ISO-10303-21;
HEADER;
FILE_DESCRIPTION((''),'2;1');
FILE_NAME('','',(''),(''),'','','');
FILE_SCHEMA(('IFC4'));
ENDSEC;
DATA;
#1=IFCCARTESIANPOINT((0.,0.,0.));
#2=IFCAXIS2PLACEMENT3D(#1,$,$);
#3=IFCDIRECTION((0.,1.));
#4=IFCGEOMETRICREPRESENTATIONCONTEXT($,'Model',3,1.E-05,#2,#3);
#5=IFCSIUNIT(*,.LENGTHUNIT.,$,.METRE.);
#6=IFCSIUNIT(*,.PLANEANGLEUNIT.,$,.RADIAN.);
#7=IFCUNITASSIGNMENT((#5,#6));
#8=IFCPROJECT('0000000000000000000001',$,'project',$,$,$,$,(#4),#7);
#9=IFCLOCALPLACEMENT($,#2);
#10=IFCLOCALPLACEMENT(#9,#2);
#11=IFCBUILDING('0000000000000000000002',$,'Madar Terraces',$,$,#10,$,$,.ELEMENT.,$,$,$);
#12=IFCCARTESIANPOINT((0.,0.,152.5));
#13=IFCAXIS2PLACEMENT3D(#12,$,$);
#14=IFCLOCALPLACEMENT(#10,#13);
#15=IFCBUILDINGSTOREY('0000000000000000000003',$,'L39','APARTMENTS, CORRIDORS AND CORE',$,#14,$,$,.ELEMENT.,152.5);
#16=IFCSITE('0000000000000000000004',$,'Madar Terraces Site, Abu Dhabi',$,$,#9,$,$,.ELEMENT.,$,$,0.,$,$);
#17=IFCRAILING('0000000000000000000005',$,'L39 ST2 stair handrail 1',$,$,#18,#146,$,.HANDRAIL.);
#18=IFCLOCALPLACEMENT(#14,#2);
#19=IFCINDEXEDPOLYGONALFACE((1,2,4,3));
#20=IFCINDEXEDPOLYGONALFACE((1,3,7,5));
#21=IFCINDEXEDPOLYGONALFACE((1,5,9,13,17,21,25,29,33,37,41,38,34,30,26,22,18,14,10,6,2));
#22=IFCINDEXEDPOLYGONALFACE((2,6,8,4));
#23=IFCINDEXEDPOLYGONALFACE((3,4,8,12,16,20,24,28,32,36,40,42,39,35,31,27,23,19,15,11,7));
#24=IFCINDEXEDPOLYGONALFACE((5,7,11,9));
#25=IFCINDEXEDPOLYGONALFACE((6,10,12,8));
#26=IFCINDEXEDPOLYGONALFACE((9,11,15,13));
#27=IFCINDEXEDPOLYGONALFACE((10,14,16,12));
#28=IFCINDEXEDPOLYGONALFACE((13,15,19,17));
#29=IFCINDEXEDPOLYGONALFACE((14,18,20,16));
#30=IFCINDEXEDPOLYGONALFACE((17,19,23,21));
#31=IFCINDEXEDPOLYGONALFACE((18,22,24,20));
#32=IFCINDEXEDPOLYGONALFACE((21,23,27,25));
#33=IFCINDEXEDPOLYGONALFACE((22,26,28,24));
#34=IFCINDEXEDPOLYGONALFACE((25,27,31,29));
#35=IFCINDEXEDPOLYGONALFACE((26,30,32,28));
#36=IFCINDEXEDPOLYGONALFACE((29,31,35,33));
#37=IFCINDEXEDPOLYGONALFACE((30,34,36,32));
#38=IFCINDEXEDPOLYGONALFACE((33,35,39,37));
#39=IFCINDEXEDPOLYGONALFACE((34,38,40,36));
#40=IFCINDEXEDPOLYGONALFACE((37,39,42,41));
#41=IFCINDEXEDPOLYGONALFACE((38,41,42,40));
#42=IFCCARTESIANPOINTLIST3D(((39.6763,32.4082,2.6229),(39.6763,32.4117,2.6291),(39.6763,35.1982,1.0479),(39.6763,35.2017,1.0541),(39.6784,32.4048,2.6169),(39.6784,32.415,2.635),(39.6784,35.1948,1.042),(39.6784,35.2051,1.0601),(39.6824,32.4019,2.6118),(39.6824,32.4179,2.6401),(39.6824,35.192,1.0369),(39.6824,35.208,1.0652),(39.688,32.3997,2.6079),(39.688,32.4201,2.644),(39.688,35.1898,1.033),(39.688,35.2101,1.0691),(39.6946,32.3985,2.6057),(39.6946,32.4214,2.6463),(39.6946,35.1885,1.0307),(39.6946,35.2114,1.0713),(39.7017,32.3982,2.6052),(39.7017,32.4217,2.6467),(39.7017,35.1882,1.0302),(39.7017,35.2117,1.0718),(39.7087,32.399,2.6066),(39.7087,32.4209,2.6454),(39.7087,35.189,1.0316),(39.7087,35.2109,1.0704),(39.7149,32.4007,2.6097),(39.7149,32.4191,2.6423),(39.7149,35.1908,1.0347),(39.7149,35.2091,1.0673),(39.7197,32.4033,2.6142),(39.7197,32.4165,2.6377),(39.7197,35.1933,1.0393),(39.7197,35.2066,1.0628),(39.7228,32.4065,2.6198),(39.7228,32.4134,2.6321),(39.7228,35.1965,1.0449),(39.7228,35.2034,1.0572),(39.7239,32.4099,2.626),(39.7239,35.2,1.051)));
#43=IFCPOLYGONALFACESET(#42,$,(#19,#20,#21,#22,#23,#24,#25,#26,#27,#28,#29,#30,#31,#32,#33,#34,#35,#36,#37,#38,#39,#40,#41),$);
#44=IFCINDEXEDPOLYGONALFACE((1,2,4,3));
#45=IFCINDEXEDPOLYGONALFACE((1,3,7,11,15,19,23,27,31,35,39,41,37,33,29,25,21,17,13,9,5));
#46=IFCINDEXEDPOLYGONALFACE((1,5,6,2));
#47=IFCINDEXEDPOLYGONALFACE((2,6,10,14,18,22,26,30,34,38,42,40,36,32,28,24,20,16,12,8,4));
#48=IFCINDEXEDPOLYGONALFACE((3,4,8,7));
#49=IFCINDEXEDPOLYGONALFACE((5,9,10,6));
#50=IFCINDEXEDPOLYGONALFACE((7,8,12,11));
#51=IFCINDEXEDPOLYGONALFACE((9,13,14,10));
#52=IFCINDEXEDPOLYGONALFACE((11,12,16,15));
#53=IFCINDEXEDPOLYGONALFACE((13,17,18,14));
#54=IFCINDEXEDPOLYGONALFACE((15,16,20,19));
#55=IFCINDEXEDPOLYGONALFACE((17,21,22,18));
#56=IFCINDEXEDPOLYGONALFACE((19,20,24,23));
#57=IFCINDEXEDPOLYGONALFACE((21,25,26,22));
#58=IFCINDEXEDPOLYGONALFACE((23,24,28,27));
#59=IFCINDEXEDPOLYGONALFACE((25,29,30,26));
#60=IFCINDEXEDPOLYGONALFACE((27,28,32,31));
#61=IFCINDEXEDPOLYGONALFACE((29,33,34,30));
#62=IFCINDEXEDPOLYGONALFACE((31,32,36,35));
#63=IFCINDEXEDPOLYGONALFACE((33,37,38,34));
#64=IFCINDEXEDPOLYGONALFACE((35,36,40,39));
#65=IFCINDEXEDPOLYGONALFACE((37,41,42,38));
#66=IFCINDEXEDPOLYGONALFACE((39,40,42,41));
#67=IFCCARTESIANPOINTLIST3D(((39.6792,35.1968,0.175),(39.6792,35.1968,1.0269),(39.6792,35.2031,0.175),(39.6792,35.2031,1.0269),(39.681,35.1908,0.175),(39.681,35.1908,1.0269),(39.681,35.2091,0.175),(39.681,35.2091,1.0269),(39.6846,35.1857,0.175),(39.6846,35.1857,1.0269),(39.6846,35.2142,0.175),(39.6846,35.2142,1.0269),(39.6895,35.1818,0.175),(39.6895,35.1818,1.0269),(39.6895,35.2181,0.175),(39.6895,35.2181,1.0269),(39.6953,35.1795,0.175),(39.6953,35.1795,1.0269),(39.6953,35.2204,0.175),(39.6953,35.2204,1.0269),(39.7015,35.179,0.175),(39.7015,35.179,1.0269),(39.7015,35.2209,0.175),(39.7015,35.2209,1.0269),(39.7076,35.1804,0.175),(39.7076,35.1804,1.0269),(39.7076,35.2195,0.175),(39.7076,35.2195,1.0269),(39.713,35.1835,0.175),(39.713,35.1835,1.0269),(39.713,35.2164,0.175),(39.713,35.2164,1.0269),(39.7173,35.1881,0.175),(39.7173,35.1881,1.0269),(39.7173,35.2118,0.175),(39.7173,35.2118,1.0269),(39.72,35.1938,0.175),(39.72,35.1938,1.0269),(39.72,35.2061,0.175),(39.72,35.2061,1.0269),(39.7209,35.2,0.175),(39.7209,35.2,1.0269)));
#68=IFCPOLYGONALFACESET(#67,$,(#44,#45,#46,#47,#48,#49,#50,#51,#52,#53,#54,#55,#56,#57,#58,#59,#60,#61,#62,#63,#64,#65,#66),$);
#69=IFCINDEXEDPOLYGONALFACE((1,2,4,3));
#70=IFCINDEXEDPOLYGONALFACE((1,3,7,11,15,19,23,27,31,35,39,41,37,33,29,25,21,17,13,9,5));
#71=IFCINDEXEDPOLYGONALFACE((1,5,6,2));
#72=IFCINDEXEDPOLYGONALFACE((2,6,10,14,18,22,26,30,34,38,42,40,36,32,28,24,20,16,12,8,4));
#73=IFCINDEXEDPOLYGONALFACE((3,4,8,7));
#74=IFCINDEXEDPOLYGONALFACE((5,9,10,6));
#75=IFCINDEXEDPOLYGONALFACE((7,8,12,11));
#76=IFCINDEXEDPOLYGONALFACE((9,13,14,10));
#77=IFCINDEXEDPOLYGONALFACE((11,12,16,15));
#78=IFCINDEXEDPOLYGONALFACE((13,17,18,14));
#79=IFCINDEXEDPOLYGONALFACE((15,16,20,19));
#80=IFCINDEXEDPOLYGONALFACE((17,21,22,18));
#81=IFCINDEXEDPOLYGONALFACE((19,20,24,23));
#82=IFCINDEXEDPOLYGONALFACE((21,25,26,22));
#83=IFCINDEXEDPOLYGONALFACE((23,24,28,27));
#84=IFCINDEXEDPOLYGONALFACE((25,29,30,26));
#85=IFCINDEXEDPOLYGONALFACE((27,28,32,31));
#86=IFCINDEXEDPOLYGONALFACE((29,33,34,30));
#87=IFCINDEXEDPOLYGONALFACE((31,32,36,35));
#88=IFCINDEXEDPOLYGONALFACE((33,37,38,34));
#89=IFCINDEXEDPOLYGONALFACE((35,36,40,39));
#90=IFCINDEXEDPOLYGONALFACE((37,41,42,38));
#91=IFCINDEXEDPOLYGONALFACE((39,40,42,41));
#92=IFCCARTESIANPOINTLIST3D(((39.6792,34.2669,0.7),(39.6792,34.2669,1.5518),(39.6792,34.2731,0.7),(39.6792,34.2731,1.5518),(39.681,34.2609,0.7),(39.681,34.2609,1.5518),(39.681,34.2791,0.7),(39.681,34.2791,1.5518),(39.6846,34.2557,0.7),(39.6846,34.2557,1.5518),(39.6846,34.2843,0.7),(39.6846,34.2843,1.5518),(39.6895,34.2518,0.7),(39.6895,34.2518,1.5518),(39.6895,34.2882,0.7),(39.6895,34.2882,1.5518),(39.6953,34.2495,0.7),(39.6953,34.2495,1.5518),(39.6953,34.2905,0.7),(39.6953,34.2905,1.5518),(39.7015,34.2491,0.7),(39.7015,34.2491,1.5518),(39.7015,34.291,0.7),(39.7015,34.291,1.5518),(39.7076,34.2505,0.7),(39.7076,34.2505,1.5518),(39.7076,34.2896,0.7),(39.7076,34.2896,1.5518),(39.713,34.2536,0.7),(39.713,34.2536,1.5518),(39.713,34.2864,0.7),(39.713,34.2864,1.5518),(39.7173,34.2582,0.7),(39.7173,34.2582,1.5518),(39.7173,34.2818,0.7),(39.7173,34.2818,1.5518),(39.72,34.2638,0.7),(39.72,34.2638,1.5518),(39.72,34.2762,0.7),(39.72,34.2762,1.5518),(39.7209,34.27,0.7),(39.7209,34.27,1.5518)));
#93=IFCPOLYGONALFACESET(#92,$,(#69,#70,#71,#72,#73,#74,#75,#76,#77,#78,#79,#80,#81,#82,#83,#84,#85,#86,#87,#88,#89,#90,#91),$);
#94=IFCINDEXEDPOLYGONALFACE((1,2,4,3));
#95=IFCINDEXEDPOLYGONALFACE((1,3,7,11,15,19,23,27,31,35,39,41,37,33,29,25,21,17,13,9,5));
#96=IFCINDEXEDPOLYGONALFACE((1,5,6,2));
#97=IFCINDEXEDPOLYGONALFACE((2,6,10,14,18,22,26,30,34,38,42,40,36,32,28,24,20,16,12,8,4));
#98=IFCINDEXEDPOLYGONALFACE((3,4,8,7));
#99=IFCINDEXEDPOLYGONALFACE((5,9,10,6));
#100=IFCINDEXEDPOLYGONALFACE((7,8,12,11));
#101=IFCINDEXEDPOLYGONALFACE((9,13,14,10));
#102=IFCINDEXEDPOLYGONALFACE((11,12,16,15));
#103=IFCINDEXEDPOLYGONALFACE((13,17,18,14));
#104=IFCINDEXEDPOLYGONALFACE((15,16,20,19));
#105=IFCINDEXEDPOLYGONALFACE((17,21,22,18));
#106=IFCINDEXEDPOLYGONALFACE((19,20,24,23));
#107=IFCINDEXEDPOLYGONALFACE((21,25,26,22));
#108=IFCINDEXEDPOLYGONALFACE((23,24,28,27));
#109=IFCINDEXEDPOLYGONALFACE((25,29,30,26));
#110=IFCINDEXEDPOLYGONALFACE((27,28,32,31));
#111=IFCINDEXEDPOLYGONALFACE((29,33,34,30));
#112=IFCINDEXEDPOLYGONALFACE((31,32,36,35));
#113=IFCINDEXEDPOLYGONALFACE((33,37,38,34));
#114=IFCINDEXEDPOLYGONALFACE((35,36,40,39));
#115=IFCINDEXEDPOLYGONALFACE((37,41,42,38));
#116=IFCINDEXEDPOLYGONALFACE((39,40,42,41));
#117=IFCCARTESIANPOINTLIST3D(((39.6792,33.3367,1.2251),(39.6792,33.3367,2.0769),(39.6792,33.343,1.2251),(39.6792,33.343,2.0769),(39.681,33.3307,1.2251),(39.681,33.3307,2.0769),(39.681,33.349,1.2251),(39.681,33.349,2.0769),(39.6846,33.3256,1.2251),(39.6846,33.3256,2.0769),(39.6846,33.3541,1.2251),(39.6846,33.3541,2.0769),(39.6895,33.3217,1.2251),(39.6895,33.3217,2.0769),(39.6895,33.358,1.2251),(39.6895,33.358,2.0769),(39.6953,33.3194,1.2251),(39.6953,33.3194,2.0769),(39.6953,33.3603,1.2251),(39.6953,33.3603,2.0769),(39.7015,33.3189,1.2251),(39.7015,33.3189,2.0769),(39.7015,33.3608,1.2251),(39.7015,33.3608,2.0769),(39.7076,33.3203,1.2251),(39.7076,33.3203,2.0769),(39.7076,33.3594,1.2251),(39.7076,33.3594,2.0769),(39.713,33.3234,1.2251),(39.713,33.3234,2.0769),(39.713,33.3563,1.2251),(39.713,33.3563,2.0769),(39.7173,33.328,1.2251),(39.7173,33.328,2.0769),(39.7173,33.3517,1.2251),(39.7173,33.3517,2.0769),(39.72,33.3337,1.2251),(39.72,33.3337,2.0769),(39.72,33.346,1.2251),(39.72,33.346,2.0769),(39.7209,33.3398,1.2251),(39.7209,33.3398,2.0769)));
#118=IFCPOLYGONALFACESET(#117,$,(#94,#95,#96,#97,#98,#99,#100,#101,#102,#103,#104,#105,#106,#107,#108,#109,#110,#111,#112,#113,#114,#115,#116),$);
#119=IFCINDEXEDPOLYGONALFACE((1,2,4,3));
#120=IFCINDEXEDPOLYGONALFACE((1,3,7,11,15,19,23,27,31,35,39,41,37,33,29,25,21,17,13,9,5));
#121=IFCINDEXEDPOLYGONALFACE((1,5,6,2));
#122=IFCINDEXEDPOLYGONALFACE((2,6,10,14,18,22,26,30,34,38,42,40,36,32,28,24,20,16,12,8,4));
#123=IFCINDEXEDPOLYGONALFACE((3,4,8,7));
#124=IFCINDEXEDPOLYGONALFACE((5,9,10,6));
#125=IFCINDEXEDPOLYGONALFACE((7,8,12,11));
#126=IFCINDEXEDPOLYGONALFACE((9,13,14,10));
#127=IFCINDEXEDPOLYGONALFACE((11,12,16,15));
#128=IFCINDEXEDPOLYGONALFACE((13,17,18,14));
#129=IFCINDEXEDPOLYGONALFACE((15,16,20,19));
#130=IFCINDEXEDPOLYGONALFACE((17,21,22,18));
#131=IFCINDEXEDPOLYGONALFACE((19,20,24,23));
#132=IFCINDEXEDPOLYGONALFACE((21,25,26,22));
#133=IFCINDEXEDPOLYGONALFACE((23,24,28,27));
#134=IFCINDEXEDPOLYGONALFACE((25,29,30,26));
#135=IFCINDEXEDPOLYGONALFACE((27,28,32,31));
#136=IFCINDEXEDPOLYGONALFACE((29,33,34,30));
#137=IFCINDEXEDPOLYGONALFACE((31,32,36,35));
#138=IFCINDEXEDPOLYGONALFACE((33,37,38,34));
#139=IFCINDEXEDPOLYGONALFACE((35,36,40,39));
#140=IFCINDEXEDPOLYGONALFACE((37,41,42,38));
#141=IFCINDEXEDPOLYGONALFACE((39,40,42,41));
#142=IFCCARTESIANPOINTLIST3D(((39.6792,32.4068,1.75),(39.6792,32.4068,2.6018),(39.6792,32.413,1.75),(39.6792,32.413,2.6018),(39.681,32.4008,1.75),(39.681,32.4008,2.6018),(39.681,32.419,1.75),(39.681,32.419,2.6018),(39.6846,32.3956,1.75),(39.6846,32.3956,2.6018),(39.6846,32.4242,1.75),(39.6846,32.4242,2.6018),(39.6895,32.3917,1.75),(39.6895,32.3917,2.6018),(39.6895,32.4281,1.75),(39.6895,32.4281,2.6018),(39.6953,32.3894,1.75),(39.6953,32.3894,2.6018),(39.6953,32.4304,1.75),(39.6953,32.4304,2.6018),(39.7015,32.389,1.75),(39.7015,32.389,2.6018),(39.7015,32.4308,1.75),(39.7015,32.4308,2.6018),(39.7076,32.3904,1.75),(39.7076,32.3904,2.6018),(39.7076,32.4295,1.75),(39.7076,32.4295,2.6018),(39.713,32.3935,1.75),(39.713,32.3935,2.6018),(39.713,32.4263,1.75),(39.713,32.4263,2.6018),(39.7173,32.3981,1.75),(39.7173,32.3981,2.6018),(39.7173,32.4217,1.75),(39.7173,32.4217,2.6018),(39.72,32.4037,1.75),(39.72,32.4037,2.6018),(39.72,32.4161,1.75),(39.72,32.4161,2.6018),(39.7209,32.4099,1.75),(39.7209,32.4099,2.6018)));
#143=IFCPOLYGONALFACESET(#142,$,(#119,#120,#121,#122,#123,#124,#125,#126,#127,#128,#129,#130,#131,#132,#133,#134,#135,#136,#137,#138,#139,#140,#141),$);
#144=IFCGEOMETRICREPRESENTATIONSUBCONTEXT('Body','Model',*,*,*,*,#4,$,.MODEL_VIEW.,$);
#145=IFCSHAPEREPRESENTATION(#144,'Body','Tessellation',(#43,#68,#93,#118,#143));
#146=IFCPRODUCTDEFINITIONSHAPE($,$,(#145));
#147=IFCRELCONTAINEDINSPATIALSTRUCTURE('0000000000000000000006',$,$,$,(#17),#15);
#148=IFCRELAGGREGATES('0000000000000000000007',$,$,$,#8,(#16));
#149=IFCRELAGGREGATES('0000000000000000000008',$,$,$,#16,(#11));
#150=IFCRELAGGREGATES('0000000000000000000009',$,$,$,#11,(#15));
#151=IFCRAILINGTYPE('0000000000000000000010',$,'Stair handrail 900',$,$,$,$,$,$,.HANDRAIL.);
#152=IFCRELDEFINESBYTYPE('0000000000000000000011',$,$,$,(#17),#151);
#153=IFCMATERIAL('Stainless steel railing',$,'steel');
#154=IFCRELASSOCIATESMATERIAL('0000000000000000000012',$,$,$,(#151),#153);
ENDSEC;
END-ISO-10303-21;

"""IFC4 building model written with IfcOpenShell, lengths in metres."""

from ifc_helpers import new_model, si_unit, direction, frame, origin, origin_2d, place, context, subcontext, project, spatial, circle, extrude, material, type_object, element, save


model = new_model("IFC4")

# Units and contexts
model_context = context("Model", 3, precision=1e-05, world=origin(), true_north=direction((0.0, 1.0)))
body_context = subcontext(model_context, "Body", "Model", "MODEL_VIEW")
ifc_project = project(units=[si_unit("LENGTHUNIT", "METRE"), si_unit("PLANEANGLEUNIT", "RADIAN")], contexts=[model_context])

# Site, building, storey
site_placement = place(None, origin())
site = spatial("IfcSite", under=ifc_project, at=site_placement, Name="Madar Terraces Site, Abu Dhabi", CompositionType="ELEMENT", RefElevation=0.0)
building_placement = place(site_placement, origin())
building = spatial("IfcBuilding", under=site, at=building_placement, Name="Madar Terraces", CompositionType="ELEMENT")
storey_placement = place(building_placement, frame((0.0, 0.0, 152.5)))
storey = spatial("IfcBuildingStorey", under=building, at=storey_placement, Name="L39", Description="APARTMENTS, CORRIDORS AND CORE", CompositionType="ELEMENT", Elevation=152.5)

# Railing
ifc_material_1 = material(Name="Stainless steel railing", Category="steel")
railing_type_1 = type_object("IfcRailingType", Name="Stair handrail 900", PredefinedType="HANDRAIL", material=ifc_material_1)
railing_1_placement = place(storey_placement, frame((39.7, 35.2, 0.175)))
element("IfcRailing", 1, at=railing_1_placement, inside=storey, type_object=railing_type_1, Name="L39 ST2 stair handrail 1", PredefinedType="HANDRAIL", context=body_context, shape_type="SweptSolid", body=[
    extrude(circle(Radius=0.0239, at=origin_2d()), frame((0.0, 0.0, 0.876), z_axis=(0.0, -0.870834, 0.491578), x_axis=(1.0, 0.0, 0.0)), (0.0, 0.0, 1.0), 3.2039),
    extrude(circle(Radius=0.021, at=origin_2d()), origin(), (0.0, 0.0, 1.0), 0.8518),
    extrude(circle(Radius=0.021, at=origin_2d()), frame((0.0, -0.9299, 0.5249)), (0.0, 0.0, 1.0), 0.8518),
    extrude(circle(Radius=0.021, at=origin_2d()), frame((0.0, -1.8601, 1.05)), (0.0, 0.0, 1.0), 0.8518),
    extrude(circle(Radius=0.021, at=origin_2d()), frame((0.0, -2.79, 1.575)), (0.0, 0.0, 1.0), 0.8518),
])

save(model, "model.ifc")
